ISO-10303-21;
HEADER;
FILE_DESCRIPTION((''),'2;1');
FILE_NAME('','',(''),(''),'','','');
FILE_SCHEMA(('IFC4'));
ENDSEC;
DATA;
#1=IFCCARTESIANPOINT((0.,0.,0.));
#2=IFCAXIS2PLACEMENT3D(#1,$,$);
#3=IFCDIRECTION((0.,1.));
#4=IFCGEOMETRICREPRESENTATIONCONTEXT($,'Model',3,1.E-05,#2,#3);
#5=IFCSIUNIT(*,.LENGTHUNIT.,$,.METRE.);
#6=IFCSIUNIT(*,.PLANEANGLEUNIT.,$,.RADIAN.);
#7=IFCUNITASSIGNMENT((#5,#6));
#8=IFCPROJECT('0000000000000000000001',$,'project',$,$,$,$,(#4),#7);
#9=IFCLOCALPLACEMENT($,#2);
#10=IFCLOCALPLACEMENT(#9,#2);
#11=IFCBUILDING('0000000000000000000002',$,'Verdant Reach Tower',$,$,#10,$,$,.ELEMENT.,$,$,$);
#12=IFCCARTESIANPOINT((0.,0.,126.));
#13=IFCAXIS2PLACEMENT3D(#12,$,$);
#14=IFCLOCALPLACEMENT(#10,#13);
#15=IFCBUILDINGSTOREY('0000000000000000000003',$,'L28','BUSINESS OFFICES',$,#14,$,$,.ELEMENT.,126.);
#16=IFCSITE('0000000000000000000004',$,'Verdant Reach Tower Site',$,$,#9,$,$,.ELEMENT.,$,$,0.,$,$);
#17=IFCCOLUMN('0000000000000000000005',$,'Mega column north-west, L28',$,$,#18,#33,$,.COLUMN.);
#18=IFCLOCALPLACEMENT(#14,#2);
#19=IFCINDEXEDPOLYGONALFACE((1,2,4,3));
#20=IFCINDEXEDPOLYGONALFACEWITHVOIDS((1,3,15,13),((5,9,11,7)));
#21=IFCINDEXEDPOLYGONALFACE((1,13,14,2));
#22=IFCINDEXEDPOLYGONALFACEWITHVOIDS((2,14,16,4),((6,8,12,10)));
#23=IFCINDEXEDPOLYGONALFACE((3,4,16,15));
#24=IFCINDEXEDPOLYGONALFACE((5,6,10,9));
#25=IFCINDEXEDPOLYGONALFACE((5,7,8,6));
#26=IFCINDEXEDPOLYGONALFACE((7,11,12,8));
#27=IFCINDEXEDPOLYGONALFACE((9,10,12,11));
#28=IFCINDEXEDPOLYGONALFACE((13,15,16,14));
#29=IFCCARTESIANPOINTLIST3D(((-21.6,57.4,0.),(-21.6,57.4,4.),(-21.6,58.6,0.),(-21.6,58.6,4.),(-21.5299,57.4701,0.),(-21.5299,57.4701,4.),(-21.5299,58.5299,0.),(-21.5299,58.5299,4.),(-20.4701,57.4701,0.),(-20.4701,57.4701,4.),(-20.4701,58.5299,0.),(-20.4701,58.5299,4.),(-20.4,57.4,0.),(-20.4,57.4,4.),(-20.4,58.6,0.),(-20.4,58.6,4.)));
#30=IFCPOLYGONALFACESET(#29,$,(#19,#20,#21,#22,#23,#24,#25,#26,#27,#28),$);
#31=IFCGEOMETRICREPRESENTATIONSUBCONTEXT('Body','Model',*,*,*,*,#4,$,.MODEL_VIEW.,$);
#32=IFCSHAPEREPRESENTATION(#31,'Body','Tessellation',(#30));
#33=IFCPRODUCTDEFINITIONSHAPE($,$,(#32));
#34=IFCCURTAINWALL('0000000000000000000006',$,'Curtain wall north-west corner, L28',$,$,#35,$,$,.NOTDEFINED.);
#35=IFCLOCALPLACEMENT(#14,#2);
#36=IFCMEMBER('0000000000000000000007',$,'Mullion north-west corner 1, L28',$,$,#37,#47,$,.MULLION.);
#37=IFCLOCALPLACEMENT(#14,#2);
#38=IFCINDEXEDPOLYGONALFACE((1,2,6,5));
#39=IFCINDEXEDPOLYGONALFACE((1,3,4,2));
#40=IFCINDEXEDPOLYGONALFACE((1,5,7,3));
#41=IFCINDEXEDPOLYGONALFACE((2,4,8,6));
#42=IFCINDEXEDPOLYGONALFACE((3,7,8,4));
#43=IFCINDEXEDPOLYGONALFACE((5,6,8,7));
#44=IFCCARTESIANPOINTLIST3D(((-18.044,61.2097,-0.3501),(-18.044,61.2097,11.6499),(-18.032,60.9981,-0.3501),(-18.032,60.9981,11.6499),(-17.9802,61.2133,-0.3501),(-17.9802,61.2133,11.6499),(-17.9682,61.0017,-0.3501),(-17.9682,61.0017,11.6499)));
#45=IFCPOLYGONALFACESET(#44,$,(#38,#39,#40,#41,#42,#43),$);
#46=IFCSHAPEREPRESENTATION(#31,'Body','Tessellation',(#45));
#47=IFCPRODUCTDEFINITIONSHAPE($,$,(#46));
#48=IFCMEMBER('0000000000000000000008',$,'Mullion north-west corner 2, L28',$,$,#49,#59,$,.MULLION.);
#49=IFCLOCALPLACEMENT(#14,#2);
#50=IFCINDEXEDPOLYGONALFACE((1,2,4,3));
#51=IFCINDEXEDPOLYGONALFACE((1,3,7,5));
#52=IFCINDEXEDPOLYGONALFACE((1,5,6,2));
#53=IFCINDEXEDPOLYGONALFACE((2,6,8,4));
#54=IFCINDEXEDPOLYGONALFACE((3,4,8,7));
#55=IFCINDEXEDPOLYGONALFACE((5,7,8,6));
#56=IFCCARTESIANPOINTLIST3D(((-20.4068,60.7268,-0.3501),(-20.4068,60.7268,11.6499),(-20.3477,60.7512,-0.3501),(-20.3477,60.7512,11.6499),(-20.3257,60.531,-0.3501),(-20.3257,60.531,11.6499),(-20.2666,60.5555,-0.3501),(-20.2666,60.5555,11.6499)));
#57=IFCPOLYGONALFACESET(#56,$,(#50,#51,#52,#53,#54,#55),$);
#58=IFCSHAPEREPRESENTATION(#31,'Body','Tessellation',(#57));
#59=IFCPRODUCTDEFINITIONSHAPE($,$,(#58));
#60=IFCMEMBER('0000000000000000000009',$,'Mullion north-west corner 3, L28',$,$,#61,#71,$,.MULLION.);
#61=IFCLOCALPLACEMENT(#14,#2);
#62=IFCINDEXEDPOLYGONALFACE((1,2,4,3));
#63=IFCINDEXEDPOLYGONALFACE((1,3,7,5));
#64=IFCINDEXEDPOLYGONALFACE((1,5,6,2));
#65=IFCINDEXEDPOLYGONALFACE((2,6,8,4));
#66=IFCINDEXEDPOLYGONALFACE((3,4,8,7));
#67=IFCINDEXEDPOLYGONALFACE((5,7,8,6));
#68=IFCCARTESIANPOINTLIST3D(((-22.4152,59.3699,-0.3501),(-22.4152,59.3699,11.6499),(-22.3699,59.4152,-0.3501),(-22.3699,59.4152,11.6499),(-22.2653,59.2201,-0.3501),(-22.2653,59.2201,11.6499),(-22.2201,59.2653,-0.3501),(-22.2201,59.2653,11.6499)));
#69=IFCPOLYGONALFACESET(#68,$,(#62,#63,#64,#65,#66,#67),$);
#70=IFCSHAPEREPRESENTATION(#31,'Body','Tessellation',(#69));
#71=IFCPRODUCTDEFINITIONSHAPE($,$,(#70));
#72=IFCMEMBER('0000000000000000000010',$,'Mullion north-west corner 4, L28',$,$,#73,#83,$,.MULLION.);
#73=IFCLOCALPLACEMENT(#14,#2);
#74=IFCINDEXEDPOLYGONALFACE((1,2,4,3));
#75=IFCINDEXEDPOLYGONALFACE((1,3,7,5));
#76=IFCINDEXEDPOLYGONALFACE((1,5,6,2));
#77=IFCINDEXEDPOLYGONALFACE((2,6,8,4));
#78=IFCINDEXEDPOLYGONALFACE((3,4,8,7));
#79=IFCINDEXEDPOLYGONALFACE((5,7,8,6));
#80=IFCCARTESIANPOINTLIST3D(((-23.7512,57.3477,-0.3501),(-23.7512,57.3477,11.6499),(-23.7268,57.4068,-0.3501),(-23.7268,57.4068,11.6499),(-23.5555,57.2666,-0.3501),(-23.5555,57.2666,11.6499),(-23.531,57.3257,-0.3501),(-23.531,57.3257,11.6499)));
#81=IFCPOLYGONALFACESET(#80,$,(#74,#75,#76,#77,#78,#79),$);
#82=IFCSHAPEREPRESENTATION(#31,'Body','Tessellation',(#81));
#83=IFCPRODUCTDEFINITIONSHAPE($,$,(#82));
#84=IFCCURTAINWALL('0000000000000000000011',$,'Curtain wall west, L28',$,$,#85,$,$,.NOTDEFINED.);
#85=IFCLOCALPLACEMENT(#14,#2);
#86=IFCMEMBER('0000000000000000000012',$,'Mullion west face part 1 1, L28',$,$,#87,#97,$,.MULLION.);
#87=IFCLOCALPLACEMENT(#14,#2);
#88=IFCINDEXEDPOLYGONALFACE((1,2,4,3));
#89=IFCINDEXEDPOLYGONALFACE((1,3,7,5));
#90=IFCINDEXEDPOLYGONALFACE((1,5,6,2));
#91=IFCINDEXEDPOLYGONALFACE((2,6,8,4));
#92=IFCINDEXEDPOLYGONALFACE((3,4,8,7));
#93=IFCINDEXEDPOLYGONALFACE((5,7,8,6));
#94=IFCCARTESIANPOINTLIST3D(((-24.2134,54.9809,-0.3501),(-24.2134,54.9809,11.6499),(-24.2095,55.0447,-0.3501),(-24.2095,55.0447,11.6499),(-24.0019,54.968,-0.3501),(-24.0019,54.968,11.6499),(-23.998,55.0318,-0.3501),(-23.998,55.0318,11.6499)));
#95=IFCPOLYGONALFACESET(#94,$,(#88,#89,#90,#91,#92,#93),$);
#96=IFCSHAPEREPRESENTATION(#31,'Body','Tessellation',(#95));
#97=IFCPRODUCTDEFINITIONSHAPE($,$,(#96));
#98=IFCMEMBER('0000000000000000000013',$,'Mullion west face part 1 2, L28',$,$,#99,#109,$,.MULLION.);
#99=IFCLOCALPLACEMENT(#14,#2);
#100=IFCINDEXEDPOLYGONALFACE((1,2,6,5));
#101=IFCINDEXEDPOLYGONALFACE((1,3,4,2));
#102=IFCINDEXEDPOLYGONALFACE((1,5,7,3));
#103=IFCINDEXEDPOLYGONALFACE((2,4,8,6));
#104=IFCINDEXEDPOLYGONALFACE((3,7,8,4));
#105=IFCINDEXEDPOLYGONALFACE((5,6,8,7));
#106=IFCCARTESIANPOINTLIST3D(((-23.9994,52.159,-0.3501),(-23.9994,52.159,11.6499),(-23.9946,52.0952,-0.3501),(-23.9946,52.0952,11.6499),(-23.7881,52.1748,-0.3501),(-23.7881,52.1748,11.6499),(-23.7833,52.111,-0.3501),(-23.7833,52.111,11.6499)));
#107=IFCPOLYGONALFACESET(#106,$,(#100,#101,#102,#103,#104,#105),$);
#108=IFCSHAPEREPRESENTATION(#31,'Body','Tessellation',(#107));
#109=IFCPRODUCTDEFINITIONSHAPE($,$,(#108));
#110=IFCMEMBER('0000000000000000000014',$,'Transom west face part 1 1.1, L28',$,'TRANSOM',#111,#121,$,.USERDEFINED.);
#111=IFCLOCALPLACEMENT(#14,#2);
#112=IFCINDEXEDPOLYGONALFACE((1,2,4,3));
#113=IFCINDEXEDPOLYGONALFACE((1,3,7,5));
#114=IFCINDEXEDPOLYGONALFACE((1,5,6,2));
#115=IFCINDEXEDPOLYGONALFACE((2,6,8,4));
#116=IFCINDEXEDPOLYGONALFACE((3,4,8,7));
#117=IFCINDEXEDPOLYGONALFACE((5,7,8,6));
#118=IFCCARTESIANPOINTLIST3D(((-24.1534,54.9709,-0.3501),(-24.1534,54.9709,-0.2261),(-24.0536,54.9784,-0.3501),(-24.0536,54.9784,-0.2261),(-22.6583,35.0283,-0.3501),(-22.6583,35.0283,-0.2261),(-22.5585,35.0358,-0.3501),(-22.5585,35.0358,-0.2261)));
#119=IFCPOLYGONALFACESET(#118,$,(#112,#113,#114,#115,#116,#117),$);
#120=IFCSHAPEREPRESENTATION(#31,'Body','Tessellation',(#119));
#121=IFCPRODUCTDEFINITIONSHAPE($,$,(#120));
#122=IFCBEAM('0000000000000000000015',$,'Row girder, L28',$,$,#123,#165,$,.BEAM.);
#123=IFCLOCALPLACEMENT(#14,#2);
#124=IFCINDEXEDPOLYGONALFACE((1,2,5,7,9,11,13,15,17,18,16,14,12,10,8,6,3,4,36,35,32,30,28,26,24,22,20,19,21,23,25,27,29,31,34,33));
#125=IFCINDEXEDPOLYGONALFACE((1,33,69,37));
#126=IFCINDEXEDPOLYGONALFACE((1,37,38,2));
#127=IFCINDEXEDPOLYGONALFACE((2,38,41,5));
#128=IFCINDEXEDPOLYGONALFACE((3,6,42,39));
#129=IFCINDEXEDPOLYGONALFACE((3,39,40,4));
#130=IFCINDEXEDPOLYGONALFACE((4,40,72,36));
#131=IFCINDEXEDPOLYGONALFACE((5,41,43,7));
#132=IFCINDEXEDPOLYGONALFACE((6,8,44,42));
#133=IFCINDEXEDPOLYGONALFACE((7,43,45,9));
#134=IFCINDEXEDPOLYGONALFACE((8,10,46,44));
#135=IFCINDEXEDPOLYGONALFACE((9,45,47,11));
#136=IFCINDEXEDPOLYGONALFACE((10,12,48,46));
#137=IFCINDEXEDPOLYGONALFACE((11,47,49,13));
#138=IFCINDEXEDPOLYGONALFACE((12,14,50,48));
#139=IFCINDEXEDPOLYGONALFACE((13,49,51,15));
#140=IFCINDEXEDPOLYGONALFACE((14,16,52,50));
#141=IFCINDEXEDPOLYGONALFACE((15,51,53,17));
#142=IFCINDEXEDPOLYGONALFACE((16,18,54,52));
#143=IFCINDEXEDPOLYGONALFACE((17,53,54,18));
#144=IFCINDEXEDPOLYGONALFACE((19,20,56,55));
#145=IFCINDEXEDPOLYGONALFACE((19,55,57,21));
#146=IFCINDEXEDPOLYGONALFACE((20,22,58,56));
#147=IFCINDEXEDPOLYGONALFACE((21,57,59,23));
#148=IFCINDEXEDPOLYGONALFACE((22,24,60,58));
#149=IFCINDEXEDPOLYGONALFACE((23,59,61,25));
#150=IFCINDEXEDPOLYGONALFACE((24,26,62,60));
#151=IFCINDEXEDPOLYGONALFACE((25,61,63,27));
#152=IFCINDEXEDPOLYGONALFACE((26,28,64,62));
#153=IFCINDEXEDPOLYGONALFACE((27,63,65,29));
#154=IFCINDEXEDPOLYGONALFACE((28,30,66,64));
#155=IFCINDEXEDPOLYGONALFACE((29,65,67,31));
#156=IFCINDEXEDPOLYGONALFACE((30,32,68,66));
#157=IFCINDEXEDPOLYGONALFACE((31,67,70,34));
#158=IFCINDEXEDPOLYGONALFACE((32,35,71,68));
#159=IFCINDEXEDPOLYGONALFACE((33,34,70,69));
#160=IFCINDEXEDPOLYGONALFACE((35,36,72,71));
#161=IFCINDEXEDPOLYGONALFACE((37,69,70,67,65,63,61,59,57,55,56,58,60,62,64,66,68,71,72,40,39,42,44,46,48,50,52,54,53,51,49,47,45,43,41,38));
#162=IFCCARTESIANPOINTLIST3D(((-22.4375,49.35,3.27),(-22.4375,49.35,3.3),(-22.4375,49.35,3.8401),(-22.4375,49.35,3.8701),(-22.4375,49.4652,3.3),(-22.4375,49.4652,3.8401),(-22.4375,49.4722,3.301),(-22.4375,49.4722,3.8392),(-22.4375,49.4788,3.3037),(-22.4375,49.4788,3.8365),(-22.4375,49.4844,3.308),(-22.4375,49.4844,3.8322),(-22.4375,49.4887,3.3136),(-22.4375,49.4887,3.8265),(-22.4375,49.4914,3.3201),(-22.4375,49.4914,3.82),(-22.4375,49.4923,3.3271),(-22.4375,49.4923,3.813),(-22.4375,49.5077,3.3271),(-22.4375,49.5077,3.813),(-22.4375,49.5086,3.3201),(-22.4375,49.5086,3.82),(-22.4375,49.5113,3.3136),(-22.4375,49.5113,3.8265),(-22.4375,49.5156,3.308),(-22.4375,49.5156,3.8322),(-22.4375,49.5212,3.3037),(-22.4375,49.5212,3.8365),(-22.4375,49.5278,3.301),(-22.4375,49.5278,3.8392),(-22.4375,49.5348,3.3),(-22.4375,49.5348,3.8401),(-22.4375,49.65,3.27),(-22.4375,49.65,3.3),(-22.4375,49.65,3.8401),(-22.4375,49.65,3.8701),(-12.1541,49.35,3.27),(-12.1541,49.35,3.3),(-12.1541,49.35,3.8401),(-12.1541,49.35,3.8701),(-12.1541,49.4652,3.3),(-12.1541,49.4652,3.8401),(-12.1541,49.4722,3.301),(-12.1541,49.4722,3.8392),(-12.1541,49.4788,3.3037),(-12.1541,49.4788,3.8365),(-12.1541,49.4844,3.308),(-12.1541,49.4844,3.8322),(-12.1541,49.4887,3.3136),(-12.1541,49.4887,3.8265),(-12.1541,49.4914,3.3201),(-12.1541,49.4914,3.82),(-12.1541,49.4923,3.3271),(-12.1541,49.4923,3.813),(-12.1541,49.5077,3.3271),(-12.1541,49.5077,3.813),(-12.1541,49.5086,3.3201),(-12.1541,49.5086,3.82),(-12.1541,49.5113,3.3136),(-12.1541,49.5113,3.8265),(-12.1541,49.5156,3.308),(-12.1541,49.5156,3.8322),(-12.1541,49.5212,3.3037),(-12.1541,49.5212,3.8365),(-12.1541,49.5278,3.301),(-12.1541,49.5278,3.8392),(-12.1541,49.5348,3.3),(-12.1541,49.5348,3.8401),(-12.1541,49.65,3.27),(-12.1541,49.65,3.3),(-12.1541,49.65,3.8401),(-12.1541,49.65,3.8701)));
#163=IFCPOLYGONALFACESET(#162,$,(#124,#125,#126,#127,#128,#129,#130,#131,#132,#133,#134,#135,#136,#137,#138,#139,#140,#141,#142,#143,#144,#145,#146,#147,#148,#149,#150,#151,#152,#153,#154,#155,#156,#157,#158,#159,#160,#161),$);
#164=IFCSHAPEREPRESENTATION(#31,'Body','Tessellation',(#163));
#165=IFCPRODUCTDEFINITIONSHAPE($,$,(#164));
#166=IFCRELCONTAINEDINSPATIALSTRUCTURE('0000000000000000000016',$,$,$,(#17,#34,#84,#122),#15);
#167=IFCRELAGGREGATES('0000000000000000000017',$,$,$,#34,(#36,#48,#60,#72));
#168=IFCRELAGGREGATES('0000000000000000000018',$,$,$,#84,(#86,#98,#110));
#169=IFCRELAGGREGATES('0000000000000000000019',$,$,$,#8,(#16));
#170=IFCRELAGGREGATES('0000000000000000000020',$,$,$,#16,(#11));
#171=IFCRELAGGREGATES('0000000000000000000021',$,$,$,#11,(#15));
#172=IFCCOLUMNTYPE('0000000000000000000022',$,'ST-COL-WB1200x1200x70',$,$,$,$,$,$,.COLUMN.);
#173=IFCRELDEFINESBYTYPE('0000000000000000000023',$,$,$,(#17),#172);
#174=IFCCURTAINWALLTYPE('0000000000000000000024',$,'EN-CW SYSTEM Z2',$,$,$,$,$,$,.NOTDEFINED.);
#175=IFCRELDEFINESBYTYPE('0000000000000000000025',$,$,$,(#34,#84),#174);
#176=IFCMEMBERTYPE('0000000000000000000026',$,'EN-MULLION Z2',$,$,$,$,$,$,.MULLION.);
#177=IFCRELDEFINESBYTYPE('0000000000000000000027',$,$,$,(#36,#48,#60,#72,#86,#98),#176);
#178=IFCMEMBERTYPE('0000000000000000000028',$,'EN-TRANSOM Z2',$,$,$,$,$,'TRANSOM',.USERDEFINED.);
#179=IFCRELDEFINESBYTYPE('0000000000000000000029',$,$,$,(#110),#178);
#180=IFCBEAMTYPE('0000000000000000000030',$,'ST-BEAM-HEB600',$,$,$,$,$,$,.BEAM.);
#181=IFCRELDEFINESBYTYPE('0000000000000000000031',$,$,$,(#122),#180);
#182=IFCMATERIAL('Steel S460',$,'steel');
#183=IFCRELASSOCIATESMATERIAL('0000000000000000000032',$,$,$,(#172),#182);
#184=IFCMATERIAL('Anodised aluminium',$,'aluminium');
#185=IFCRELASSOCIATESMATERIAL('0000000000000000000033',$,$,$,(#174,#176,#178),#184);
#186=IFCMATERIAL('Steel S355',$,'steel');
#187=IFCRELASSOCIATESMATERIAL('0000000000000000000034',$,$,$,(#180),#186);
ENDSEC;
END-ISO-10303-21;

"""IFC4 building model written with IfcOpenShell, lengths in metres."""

from ifc_helpers import new_model, si_unit, direction, frame, origin, origin_2d, place, context, subcontext, project, spatial, rectangle, hollow_rectangle, i_section, extrude, material, material_profile, profile_set, type_object, element, aggregate, save


model = new_model("IFC4")

# Units and contexts
model_context = context("Model", 3, precision=1e-05, world=origin(), true_north=direction((0.0, 1.0)))
body_context = subcontext(model_context, "Body", "Model", "MODEL_VIEW")
ifc_project = project(units=[si_unit("LENGTHUNIT", "METRE"), si_unit("PLANEANGLEUNIT", "RADIAN")], contexts=[model_context])

# Site, building, storey
site_placement = place(None, origin())
site = spatial("IfcSite", under=ifc_project, at=site_placement, Name="Verdant Reach Tower Site", CompositionType="ELEMENT", RefElevation=0.0)
building_placement = place(site_placement, origin())
building = spatial("IfcBuilding", under=site, at=building_placement, Name="Verdant Reach Tower", CompositionType="ELEMENT")
storey_placement = place(building_placement, frame((0.0, 0.0, 126.0)))
storey = spatial("IfcBuildingStorey", under=building, at=storey_placement, Name="L28", Description="BUSINESS OFFICES", CompositionType="ELEMENT", Elevation=126.0)

# Column
ifc_material_1 = material(Name="Steel S460", Category="steel")
ifc_material_profile_1 = material_profile(ifc_material_1, hollow_rectangle(XDim=1.2, YDim=1.2, WallThickness=0.0701, at=origin_2d()), Name="WB 1200x1200x70")
ifc_profile_set_1 = profile_set([ifc_material_profile_1], Name="Steel S460")
column_type = type_object("IfcColumnType", Name="ST-COL-WB1200x1200x70", PredefinedType="COLUMN", material=ifc_profile_set_1)
column_placement = place(storey_placement, frame((-21.0, 58.0, 0.0), z_axis=(0.0, 0.0, 1.0), x_axis=(1.0, 0.0, 0.0)))
element("IfcColumn", 1, at=column_placement, inside=storey, type_object=column_type, Name="Mega column north-west, L28", PredefinedType="COLUMN", context=body_context, shape_type="SweptSolid", body=[
    extrude(hollow_rectangle(XDim=1.2, YDim=1.2, WallThickness=0.0701, at=origin_2d()), origin(), (0.0, 0.0, 1.0), 4.0),
])

# Curtain walls, members
ifc_material_2 = material(Name="Anodised aluminium", Category="aluminium")
curtain_wall_type = type_object("IfcCurtainWallType", Name="EN-CW SYSTEM Z2", PredefinedType="NOTDEFINED", material=ifc_material_2)
curtain_wall_1_placement = place(storey_placement, origin())
curtain_wall_1 = element("IfcCurtainWall", 2, at=curtain_wall_1_placement, inside=storey, type_object=curtain_wall_type, Name="Curtain wall north-west corner, L28", PredefinedType="NOTDEFINED")
ifc_material_profile_2 = material_profile(ifc_material_2, rectangle(XDim=0.2119, YDim=0.064, at=origin_2d()), Name="Mullion 64x212")
ifc_profile_set_2 = profile_set([ifc_material_profile_2], Name="Anodised aluminium")
member_type_1 = type_object("IfcMemberType", Name="EN-MULLION Z2", PredefinedType="MULLION", material=ifc_profile_set_2)
member_1_placement = place(storey_placement, frame((-18.0061, 61.1057, -0.3501), z_axis=(0.0, 0.0, 1.0), x_axis=(-0.056569, 0.998399, 0.0)))
member_1 = element("IfcMember", 3, at=member_1_placement, type_object=member_type_1, Name="Mullion north-west corner 1, L28", PredefinedType="MULLION", context=body_context, shape_type="SweptSolid", body=[
    extrude(rectangle(XDim=0.2119, YDim=0.064, at=origin_2d()), origin(), (0.0, 0.0, 1.0), 12.0),
])
member_2_placement = place(storey_placement, frame((-20.3367, 60.6411, -0.3501), z_axis=(0.0, 0.0, 1.0), x_axis=(-0.382694, 0.923875, 0.0)))
member_2 = element("IfcMember", 4, at=member_2_placement, type_object=member_type_1, Name="Mullion north-west corner 2, L28", PredefinedType="MULLION", context=body_context, shape_type="SweptSolid", body=[
    extrude(rectangle(XDim=0.2119, YDim=0.064, at=origin_2d()), origin(), (0.0, 0.0, 1.0), 12.0),
])
member_3_placement = place(storey_placement, frame((-22.3176, 59.3176, -0.3501), z_axis=(0.0, 0.0, 1.0), x_axis=(-0.707107, 0.707107, 0.0)))
member_3 = element("IfcMember", 5, at=member_3_placement, type_object=member_type_1, Name="Mullion north-west corner 3, L28", PredefinedType="MULLION", context=body_context, shape_type="SweptSolid", body=[
    extrude(rectangle(XDim=0.2119, YDim=0.064, at=origin_2d()), origin(), (0.0, 0.0, 1.0), 12.0),
])
member_4_placement = place(storey_placement, frame((-23.6411, 57.3367, -0.3501), z_axis=(0.0, 0.0, 1.0), x_axis=(-0.923875, 0.382694, 0.0)))
member_4 = element("IfcMember", 6, at=member_4_placement, type_object=member_type_1, Name="Mullion north-west corner 4, L28", PredefinedType="MULLION", context=body_context, shape_type="SweptSolid", body=[
    extrude(rectangle(XDim=0.2119, YDim=0.064, at=origin_2d()), origin(), (0.0, 0.0, 1.0), 12.0),
])
curtain_wall_2_placement = place(storey_placement, origin())
curtain_wall_2 = element("IfcCurtainWall", 7, at=curtain_wall_2_placement, inside=storey, type_object=curtain_wall_type, Name="Curtain wall west, L28", PredefinedType="NOTDEFINED")
member_5_placement = place(storey_placement, frame((-24.1057, 55.0063, -0.3501), z_axis=(0.0, 0.0, 1.0), x_axis=(-0.998156, 0.060703, 0.0)))
member_5 = element("IfcMember", 8, at=member_5_placement, type_object=member_type_1, Name="Mullion west face part 1 1, L28", PredefinedType="MULLION", context=body_context, shape_type="SweptSolid", body=[
    extrude(rectangle(XDim=0.2119, YDim=0.064, at=origin_2d()), origin(), (0.0, 0.0, 1.0), 12.0),
])
member_6_placement = place(storey_placement, frame((-23.8914, 52.135, -0.3501), z_axis=(0.0, 0.0, 1.0), x_axis=(-0.997199, -0.07479, 0.0)))
member_6 = element("IfcMember", 9, at=member_6_placement, type_object=member_type_1, Name="Mullion west face part 1 2, L28", PredefinedType="MULLION", context=body_context, shape_type="SweptSolid", body=[
    extrude(rectangle(XDim=0.2119, YDim=0.064, at=origin_2d()), origin(), (0.0, 0.0, 1.0), 12.0),
])
ifc_material_profile_3 = material_profile(ifc_material_2, rectangle(XDim=0.1001, YDim=0.124, at=origin_2d()), Name="Transom 124x100")
ifc_profile_set_3 = profile_set([ifc_material_profile_3], Name="Anodised aluminium")
member_type_2 = type_object("IfcMemberType", Name="EN-TRANSOM Z2", ElementType="TRANSOM", PredefinedType="USERDEFINED", material=ifc_profile_set_3)
member_7_placement = place(storey_placement, frame((-24.1035, 54.9746, -0.2881), z_axis=(0.074761, -0.997201, 0.0), x_axis=(0.997201, 0.074761, 0.0)))
member_7 = element("IfcMember", 10, at=member_7_placement, type_object=member_type_2, Name="Transom west face part 1 1.1, L28", ObjectType="TRANSOM", PredefinedType="USERDEFINED", context=body_context, shape_type="SweptSolid", body=[
    extrude(rectangle(XDim=0.1001, YDim=0.124, at=origin_2d()), origin(), (0.0, 0.0, 1.0), 19.9985),
])

# Beam
ifc_material_3 = material(Name="Steel S355", Category="steel")
ifc_material_profile_4 = material_profile(ifc_material_3, i_section(OverallWidth=0.3, OverallDepth=0.6001, WebThickness=0.0154, FlangeThickness=0.03, FilletRadius=0.0271, at=origin_2d()), Name="HEB 600")
ifc_profile_set_4 = profile_set([ifc_material_profile_4], Name="Steel S355")
beam_type_1 = type_object("IfcBeamType", Name="ST-BEAM-HEB600", PredefinedType="BEAM", material=ifc_profile_set_4)
beam_1_placement = place(storey_placement, frame((-22.4375, 49.5, 3.5701), z_axis=(1.0, 0.0, 0.0), x_axis=(0.0, 1.0, 0.0)))
element("IfcBeam", 11, at=beam_1_placement, inside=storey, type_object=beam_type_1, Name="Row girder, L28", PredefinedType="BEAM", context=body_context, shape_type="SweptSolid", body=[
    extrude(i_section(OverallWidth=0.3, OverallDepth=0.6001, WebThickness=0.0154, FlangeThickness=0.03, FilletRadius=0.0271, at=origin_2d()), origin(), (0.0, 0.0, 1.0), 10.2834),
])

aggregate(curtain_wall_1, [member_1, member_2, member_3, member_4])
aggregate(curtain_wall_2, [member_5, member_6, member_7])

save(model, "model.ifc")
